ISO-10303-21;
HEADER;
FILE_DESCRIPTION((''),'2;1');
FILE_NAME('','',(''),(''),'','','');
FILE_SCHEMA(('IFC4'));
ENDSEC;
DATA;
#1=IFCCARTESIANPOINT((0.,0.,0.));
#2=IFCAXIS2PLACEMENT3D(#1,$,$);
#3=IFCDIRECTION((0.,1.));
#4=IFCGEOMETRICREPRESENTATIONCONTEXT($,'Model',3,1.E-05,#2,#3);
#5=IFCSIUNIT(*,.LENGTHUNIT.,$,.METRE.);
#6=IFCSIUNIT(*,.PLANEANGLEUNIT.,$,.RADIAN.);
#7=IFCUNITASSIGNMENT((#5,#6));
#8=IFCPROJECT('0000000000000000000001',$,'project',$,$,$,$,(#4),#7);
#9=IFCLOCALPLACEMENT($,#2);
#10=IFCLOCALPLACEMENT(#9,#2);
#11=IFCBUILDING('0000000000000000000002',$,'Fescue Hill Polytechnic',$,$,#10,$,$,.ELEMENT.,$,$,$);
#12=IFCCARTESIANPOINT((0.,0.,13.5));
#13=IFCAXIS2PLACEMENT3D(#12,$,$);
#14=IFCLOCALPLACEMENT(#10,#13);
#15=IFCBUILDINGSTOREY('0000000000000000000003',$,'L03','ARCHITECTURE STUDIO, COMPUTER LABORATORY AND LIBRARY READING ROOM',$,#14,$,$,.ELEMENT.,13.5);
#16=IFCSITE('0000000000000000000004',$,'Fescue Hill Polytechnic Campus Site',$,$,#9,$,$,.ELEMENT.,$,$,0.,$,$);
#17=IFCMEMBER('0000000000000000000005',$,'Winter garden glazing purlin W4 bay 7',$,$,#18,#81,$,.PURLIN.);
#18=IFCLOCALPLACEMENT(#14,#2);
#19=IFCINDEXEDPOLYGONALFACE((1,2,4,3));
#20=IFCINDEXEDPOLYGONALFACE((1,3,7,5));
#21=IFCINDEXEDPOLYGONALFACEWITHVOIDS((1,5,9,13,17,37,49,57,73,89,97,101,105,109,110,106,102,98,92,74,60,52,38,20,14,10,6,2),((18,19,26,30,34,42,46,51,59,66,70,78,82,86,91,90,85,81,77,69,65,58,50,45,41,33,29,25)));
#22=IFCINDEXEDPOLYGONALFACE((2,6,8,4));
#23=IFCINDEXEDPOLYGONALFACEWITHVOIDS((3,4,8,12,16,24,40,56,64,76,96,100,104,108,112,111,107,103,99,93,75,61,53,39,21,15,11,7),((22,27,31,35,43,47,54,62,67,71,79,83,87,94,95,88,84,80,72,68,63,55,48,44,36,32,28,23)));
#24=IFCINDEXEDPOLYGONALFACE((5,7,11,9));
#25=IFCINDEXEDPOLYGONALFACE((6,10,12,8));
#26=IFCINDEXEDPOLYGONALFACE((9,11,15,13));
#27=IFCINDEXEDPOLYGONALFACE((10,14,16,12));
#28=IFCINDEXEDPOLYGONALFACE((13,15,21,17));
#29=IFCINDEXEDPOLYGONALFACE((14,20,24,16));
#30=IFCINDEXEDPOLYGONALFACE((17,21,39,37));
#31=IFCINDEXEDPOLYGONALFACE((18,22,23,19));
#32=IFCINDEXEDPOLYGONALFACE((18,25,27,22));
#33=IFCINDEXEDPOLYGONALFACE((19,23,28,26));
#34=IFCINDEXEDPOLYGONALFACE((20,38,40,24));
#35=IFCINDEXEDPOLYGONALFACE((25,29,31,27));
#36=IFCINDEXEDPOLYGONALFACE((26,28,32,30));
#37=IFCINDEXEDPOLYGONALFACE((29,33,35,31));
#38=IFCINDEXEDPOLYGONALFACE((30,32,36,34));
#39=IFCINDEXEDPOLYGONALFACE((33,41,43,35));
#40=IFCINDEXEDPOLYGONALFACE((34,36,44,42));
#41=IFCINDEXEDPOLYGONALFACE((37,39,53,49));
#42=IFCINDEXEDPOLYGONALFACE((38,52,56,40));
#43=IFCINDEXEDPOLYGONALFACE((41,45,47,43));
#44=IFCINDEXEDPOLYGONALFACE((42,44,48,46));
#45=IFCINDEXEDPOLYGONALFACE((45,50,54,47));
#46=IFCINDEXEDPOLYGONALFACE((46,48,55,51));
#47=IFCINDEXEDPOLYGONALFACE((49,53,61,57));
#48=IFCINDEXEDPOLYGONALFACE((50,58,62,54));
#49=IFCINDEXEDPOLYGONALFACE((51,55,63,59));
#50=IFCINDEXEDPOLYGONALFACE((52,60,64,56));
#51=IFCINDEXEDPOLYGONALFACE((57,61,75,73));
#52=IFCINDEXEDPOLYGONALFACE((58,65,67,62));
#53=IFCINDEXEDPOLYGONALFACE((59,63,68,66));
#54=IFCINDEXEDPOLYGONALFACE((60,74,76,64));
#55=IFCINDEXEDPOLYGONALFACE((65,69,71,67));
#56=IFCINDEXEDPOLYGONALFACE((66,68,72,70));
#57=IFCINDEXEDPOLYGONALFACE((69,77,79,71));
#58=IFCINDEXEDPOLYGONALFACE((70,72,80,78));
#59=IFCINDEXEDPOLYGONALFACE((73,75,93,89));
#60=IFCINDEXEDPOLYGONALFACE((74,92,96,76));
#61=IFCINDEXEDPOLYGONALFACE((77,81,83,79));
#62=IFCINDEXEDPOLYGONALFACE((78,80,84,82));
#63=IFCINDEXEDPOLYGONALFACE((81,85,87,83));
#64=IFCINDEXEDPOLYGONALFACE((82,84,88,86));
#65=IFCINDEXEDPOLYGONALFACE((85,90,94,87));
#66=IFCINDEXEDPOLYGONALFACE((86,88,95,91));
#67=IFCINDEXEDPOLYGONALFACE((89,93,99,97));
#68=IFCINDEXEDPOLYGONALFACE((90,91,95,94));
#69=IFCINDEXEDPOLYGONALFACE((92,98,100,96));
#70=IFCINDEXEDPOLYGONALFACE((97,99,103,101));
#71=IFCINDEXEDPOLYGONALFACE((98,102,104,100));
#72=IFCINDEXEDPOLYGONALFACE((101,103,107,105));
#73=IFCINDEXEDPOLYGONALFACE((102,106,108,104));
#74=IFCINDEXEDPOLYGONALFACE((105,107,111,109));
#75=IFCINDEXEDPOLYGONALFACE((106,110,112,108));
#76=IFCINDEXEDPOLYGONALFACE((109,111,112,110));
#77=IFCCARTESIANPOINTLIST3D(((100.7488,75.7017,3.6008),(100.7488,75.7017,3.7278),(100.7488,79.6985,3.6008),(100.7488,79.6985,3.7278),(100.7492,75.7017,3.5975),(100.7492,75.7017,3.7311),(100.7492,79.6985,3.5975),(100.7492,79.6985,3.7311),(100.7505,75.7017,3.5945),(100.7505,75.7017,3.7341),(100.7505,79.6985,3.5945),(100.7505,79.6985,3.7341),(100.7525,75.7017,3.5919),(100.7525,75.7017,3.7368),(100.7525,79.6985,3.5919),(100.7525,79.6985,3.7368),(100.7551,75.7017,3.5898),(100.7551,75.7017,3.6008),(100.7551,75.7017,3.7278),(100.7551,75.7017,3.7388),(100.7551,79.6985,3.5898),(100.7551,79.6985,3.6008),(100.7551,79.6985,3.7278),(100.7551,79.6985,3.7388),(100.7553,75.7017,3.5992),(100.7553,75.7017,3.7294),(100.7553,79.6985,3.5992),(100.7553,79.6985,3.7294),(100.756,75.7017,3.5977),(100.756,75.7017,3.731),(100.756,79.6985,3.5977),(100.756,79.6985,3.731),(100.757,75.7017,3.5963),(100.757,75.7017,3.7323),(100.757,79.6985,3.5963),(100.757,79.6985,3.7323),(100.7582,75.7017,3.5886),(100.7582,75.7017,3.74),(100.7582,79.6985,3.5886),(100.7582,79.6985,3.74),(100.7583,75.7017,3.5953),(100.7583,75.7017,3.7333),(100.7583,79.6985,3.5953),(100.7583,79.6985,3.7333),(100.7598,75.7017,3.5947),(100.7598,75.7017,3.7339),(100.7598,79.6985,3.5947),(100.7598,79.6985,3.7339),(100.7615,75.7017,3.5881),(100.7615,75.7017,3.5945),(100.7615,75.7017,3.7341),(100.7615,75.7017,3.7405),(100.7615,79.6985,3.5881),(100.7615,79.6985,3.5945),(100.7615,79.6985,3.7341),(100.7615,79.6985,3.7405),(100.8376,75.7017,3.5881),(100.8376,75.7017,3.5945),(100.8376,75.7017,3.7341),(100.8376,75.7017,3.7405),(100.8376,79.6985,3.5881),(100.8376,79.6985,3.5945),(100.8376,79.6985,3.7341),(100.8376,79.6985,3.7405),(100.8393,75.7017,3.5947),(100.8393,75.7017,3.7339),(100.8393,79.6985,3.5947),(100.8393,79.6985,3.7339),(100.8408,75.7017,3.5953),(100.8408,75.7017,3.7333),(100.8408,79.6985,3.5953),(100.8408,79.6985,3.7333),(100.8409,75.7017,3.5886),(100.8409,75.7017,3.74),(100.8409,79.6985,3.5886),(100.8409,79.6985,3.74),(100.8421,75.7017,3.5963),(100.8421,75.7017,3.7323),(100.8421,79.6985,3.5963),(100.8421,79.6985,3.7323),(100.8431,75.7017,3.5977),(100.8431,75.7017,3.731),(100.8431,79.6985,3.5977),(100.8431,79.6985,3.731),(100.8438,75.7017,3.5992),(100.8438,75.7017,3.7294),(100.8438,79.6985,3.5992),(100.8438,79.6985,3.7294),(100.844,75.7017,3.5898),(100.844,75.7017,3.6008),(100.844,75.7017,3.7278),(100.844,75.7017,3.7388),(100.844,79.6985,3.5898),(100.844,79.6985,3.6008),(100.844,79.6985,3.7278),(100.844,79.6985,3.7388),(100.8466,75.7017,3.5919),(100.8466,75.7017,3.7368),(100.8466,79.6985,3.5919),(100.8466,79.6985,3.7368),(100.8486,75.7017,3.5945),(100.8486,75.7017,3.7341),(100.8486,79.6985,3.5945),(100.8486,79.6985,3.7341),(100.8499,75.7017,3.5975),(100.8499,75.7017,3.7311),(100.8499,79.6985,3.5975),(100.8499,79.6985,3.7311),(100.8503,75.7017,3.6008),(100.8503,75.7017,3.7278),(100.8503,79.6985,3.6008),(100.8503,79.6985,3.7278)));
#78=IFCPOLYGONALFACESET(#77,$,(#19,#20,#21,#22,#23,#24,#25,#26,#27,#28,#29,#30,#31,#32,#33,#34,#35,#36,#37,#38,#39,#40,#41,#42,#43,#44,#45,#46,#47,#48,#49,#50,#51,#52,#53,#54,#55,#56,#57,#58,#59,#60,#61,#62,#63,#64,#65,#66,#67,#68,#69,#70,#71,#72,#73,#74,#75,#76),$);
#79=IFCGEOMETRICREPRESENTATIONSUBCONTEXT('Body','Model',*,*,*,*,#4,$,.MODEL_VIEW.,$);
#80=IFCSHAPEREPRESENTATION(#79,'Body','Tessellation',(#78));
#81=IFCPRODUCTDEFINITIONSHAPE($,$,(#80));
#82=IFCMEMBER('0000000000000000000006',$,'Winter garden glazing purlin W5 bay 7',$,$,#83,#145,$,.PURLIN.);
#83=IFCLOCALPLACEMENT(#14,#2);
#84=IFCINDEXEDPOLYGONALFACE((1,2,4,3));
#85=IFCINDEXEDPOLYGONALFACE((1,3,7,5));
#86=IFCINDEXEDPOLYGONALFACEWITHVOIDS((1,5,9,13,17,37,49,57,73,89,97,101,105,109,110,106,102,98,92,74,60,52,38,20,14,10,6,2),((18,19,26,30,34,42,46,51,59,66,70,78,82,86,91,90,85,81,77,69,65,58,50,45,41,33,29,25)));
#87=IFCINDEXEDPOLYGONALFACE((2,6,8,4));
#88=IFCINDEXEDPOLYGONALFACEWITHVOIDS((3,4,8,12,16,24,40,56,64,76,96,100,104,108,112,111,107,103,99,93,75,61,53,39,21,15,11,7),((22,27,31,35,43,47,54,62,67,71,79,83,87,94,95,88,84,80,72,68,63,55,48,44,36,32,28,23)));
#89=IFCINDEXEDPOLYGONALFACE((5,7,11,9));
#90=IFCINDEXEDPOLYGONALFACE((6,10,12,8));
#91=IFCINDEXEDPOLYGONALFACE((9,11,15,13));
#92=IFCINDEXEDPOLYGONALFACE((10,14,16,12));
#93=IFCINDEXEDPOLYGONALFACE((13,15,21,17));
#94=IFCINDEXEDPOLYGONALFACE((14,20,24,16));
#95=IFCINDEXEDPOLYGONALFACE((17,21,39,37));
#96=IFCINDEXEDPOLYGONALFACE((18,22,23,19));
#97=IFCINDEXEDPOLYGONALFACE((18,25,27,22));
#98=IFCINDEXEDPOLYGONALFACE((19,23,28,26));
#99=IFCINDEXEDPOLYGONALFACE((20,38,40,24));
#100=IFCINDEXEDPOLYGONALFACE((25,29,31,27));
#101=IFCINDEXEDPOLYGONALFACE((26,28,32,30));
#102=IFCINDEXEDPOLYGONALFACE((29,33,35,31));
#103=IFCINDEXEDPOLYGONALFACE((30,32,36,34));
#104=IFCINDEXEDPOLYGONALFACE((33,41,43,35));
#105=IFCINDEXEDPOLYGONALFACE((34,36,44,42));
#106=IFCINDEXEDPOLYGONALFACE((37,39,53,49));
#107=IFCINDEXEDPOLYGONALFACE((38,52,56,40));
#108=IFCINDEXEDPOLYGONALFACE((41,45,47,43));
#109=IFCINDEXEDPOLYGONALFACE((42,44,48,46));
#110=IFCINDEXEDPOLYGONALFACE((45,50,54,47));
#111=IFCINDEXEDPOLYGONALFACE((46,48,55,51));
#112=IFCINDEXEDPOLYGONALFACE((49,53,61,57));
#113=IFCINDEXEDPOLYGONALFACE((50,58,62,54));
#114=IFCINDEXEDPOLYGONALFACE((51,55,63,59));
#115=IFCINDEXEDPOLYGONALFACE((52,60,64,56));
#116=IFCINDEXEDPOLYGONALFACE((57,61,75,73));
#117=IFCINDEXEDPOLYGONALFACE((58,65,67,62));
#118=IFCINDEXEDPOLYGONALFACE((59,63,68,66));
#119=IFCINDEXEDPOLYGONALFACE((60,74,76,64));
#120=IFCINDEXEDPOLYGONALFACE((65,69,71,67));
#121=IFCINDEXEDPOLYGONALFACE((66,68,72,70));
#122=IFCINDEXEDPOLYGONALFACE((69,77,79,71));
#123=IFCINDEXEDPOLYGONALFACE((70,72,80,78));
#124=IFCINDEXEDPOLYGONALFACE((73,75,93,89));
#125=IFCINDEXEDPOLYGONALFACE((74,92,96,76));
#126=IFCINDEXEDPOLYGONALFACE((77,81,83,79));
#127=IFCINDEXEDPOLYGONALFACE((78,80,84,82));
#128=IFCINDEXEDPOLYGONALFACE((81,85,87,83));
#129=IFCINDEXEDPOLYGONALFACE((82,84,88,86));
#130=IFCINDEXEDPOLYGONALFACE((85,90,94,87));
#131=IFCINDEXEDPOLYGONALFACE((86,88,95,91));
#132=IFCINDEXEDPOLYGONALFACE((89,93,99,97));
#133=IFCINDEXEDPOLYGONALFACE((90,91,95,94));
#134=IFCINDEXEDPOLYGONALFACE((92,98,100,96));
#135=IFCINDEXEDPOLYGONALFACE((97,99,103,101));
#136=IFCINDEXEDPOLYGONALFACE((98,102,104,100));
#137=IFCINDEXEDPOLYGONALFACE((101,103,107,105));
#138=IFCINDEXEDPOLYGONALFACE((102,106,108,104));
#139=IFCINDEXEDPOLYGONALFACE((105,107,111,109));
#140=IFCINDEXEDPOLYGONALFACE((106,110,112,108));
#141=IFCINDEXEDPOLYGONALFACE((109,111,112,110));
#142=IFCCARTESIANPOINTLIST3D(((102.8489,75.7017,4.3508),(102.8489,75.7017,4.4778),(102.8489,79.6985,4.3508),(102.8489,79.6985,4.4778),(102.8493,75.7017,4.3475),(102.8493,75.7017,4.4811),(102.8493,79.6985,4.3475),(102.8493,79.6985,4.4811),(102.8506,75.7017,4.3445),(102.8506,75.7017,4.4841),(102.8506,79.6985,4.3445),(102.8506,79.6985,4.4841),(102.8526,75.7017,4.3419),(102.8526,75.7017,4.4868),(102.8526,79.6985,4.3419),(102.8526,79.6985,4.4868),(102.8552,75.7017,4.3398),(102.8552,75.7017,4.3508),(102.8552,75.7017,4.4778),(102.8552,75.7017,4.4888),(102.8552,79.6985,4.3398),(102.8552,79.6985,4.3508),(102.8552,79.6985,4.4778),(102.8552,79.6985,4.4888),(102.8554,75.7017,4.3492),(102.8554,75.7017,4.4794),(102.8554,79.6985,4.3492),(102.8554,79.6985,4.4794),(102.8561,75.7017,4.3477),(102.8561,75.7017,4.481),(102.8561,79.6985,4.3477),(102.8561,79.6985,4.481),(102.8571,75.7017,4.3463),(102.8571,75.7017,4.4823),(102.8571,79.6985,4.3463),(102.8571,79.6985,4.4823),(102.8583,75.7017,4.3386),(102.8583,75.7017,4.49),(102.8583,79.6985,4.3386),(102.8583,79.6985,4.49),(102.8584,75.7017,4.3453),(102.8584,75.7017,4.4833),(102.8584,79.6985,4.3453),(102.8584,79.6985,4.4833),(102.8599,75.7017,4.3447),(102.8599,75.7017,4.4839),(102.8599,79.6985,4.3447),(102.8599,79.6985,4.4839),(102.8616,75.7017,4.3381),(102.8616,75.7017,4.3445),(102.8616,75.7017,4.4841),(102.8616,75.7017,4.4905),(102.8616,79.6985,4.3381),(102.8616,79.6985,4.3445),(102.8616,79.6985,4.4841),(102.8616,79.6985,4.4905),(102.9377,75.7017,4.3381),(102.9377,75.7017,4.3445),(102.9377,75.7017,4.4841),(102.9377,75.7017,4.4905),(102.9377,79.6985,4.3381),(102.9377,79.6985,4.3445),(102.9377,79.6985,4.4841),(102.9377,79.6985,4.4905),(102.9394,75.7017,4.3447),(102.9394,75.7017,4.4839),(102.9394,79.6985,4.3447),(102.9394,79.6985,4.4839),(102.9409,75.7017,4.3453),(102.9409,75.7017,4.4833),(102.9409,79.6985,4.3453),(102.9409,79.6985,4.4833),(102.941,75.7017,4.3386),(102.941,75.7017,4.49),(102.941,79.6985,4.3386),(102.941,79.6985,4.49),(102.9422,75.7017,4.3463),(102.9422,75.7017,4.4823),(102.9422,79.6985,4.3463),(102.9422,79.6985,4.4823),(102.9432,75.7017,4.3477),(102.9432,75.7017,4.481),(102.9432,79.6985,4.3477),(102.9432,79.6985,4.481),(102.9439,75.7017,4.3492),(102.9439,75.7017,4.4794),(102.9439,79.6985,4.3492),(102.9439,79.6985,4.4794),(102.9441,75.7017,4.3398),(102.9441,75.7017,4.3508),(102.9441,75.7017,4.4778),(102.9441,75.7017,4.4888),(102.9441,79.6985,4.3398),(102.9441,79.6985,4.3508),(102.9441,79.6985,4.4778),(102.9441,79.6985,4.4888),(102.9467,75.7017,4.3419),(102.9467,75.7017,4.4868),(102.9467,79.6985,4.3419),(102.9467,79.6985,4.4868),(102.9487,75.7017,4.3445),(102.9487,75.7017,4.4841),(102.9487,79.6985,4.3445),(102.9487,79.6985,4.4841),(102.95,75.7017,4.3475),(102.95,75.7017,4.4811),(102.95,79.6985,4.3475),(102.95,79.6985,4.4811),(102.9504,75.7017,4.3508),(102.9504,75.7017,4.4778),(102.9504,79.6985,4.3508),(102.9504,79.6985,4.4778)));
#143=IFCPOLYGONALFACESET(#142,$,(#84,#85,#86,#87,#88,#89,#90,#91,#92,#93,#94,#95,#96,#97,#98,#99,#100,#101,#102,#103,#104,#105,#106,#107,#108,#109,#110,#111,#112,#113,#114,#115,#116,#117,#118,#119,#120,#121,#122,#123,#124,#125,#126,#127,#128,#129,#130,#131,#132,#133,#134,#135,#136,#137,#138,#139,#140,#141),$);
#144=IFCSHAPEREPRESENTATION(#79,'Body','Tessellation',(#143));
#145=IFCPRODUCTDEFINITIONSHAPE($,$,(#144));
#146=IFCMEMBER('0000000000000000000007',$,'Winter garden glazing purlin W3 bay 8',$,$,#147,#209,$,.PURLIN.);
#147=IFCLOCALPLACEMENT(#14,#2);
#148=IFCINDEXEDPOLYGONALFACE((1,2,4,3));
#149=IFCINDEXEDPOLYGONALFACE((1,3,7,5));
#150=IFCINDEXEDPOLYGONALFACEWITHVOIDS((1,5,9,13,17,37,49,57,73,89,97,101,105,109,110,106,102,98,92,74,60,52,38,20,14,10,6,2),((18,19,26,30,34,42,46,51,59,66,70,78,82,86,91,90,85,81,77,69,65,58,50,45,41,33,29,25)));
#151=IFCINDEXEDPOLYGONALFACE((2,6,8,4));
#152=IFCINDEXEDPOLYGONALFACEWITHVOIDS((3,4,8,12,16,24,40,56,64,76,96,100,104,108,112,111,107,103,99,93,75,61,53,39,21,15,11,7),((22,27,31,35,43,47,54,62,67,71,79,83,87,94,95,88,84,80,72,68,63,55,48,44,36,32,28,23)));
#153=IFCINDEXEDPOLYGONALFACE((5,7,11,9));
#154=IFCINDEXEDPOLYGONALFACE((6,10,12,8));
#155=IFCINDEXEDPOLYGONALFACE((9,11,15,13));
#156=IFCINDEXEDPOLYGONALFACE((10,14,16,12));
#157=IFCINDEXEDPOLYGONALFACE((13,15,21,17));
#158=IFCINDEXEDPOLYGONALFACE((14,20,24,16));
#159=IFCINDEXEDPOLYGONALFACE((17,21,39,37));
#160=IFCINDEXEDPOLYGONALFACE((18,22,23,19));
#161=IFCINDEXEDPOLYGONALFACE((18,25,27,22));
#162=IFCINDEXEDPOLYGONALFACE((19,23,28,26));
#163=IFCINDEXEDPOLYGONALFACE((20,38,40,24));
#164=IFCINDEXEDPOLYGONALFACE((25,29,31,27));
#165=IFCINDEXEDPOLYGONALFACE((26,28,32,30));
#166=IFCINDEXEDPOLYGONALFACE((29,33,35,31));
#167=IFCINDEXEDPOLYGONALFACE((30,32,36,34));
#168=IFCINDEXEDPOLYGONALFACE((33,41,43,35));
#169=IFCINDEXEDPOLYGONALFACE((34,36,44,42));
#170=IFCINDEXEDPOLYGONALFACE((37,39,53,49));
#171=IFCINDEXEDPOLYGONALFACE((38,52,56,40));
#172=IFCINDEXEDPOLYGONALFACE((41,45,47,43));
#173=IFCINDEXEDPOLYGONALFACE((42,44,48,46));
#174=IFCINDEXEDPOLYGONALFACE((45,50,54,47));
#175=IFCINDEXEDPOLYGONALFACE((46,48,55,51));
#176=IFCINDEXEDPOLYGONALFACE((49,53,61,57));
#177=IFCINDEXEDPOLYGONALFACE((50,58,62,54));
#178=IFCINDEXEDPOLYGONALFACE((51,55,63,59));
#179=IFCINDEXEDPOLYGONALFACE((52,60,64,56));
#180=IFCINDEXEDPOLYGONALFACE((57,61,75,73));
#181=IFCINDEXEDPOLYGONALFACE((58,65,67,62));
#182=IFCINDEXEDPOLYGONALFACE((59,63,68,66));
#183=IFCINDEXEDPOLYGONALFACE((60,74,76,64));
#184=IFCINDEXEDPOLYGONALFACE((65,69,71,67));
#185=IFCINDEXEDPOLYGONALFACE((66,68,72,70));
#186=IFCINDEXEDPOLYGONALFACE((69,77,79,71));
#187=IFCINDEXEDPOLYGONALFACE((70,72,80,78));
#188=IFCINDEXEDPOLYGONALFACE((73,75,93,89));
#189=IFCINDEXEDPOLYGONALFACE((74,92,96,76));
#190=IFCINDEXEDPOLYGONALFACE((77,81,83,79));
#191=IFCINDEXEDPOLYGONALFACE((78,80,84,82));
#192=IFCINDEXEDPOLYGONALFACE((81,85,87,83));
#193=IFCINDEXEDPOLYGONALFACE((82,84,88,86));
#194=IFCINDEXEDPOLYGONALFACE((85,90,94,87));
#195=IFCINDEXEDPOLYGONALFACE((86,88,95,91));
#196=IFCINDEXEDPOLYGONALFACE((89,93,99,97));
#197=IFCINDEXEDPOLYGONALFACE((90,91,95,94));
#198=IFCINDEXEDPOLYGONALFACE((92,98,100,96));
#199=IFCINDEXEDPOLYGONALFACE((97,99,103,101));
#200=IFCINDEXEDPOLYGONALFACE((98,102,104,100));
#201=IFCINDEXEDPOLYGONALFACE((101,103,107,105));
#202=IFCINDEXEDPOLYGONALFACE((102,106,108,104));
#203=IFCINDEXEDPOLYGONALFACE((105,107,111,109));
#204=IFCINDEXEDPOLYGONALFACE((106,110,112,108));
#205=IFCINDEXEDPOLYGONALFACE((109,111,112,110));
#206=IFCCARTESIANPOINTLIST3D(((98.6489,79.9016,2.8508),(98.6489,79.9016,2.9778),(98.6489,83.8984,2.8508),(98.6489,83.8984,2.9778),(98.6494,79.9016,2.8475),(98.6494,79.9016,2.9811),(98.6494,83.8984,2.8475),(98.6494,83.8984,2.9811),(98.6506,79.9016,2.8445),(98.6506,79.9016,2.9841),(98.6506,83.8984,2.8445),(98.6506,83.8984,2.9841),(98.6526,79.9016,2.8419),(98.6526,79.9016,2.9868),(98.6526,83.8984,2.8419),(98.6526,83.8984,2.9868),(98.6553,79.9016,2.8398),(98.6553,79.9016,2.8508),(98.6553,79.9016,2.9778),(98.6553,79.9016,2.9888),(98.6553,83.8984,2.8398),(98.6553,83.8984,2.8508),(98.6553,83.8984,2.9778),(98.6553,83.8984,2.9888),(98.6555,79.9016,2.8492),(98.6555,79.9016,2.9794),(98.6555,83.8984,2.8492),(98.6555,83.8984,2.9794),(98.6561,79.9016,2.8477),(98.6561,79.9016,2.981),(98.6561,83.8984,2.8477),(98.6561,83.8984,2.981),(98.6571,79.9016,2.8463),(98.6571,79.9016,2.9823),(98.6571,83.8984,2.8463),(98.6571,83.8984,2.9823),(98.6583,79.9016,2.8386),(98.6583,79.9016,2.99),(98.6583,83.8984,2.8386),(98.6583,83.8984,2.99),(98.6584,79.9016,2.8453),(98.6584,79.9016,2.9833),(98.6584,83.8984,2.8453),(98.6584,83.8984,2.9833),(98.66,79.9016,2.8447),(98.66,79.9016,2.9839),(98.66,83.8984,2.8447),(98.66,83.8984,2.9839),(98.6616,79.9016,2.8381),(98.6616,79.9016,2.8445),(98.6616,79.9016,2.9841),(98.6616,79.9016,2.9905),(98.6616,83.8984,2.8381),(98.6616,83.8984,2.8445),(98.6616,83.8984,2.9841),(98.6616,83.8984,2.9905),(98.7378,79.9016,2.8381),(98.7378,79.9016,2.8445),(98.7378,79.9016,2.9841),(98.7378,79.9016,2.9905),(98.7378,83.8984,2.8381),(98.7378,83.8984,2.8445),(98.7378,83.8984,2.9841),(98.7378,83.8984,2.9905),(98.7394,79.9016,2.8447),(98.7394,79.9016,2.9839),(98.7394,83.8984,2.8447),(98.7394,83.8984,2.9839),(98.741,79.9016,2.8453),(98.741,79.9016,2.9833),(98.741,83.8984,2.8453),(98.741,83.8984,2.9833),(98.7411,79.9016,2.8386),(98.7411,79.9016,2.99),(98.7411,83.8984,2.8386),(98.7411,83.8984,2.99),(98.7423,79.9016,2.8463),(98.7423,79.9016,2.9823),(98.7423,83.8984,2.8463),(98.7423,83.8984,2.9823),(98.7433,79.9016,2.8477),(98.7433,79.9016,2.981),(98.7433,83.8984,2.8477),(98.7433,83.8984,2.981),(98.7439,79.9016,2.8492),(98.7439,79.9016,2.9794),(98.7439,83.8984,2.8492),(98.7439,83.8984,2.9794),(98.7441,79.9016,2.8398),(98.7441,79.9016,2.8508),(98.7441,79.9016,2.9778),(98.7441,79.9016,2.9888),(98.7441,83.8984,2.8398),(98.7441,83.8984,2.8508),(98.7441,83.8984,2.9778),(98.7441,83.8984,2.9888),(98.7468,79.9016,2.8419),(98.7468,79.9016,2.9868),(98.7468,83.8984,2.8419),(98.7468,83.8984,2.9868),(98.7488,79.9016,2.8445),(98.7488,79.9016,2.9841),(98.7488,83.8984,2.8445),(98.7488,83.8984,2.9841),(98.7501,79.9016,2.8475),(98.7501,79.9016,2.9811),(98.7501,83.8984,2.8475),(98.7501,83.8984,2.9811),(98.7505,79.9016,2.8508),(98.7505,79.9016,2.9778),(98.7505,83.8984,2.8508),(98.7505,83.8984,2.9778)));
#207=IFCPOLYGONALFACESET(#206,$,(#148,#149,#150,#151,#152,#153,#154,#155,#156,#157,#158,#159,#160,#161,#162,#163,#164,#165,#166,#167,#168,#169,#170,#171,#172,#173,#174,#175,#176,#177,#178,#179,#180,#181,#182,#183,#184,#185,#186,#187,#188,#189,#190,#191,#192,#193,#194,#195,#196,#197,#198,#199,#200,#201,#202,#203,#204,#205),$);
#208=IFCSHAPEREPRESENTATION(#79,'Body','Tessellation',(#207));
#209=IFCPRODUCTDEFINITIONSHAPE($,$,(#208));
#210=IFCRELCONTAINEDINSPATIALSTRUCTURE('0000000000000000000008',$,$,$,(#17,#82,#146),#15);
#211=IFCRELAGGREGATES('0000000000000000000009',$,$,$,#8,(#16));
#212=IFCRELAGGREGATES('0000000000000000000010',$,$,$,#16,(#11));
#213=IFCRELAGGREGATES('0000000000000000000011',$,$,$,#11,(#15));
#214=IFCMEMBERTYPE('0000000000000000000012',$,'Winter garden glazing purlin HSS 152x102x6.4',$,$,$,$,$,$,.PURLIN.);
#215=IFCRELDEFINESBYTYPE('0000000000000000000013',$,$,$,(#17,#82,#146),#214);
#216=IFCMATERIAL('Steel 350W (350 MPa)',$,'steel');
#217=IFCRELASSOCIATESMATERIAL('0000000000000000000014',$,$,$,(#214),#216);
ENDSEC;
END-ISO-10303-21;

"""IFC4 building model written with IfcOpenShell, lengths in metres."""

from ifc_helpers import new_model, si_unit, direction, frame, origin, origin_2d, place, context, subcontext, project, spatial, hollow_rectangle, extrude, material, material_profile, profile_set, type_object, element, save


model = new_model("IFC4")

# Units and contexts
model_context = context("Model", 3, precision=1e-05, world=origin(), true_north=direction((0.0, 1.0)))
body_context = subcontext(model_context, "Body", "Model", "MODEL_VIEW")
ifc_project = project(units=[si_unit("LENGTHUNIT", "METRE"), si_unit("PLANEANGLEUNIT", "RADIAN")], contexts=[model_context])

# Site, building, storey
site_placement = place(None, origin())
site = spatial("IfcSite", under=ifc_project, at=site_placement, Name="Fescue Hill Polytechnic Campus Site", CompositionType="ELEMENT", RefElevation=0.0)
building_placement = place(site_placement, origin())
building = spatial("IfcBuilding", under=site, at=building_placement, Name="Fescue Hill Polytechnic", CompositionType="ELEMENT")
storey_placement = place(building_placement, frame((0.0, 0.0, 13.5)))
storey = spatial("IfcBuildingStorey", under=building, at=storey_placement, Name="L03", Description="ARCHITECTURE STUDIO, COMPUTER LABORATORY AND LIBRARY READING ROOM", CompositionType="ELEMENT", Elevation=13.5)

# Members
ifc_material_1 = material(Name="Steel 350W (350 MPa)", Category="steel")
ifc_material_profile_1 = material_profile(ifc_material_1, hollow_rectangle(XDim=0.1016, YDim=0.1523, WallThickness=0.0063, InnerFilletRadius=0.0063, OuterFilletRadius=0.0127, at=origin_2d()), Name="Winter garden glazing purlin HSS 152x102x6.4")
ifc_profile_set_1 = profile_set([ifc_material_profile_1], Name="Steel 350W (350 MPa)")
member_type_1 = type_object("IfcMemberType", Name="Winter garden glazing purlin HSS 152x102x6.4", PredefinedType="PURLIN", material=ifc_profile_set_1)
for number, where, z_axis, x_axis, name in (
    (1, (100.7996, 75.7017, 3.6643), (0.0, 1.0, 0.0), (-1.0, 0.0, 0.0), "Winter garden glazing purlin W4 bay 7"),
    (2, (102.8997, 75.7017, 4.4143), (0.0, 1.0, 0.0), (-1.0, 0.0, 0.0), "Winter garden glazing purlin W5 bay 7"),
    (3, (98.6997, 79.9016, 2.9143), (0.0, 1.0, 0.0), (-1.0, 0.0, 0.0), "Winter garden glazing purlin W3 bay 8"),
):
    element("IfcMember", number, at=place(storey_placement, frame(where, z_axis=z_axis, x_axis=x_axis)), inside=storey, type_object=member_type_1, Name=name, PredefinedType="PURLIN", context=body_context, shape_type="SweptSolid", body=[
        extrude(hollow_rectangle(XDim=0.1016, YDim=0.1523, WallThickness=0.0063, InnerFilletRadius=0.0063, OuterFilletRadius=0.0127, at=origin_2d()), origin(), (0.0, 0.0, 1.0), 3.9968),
    ])

save(model, "model.ifc")
